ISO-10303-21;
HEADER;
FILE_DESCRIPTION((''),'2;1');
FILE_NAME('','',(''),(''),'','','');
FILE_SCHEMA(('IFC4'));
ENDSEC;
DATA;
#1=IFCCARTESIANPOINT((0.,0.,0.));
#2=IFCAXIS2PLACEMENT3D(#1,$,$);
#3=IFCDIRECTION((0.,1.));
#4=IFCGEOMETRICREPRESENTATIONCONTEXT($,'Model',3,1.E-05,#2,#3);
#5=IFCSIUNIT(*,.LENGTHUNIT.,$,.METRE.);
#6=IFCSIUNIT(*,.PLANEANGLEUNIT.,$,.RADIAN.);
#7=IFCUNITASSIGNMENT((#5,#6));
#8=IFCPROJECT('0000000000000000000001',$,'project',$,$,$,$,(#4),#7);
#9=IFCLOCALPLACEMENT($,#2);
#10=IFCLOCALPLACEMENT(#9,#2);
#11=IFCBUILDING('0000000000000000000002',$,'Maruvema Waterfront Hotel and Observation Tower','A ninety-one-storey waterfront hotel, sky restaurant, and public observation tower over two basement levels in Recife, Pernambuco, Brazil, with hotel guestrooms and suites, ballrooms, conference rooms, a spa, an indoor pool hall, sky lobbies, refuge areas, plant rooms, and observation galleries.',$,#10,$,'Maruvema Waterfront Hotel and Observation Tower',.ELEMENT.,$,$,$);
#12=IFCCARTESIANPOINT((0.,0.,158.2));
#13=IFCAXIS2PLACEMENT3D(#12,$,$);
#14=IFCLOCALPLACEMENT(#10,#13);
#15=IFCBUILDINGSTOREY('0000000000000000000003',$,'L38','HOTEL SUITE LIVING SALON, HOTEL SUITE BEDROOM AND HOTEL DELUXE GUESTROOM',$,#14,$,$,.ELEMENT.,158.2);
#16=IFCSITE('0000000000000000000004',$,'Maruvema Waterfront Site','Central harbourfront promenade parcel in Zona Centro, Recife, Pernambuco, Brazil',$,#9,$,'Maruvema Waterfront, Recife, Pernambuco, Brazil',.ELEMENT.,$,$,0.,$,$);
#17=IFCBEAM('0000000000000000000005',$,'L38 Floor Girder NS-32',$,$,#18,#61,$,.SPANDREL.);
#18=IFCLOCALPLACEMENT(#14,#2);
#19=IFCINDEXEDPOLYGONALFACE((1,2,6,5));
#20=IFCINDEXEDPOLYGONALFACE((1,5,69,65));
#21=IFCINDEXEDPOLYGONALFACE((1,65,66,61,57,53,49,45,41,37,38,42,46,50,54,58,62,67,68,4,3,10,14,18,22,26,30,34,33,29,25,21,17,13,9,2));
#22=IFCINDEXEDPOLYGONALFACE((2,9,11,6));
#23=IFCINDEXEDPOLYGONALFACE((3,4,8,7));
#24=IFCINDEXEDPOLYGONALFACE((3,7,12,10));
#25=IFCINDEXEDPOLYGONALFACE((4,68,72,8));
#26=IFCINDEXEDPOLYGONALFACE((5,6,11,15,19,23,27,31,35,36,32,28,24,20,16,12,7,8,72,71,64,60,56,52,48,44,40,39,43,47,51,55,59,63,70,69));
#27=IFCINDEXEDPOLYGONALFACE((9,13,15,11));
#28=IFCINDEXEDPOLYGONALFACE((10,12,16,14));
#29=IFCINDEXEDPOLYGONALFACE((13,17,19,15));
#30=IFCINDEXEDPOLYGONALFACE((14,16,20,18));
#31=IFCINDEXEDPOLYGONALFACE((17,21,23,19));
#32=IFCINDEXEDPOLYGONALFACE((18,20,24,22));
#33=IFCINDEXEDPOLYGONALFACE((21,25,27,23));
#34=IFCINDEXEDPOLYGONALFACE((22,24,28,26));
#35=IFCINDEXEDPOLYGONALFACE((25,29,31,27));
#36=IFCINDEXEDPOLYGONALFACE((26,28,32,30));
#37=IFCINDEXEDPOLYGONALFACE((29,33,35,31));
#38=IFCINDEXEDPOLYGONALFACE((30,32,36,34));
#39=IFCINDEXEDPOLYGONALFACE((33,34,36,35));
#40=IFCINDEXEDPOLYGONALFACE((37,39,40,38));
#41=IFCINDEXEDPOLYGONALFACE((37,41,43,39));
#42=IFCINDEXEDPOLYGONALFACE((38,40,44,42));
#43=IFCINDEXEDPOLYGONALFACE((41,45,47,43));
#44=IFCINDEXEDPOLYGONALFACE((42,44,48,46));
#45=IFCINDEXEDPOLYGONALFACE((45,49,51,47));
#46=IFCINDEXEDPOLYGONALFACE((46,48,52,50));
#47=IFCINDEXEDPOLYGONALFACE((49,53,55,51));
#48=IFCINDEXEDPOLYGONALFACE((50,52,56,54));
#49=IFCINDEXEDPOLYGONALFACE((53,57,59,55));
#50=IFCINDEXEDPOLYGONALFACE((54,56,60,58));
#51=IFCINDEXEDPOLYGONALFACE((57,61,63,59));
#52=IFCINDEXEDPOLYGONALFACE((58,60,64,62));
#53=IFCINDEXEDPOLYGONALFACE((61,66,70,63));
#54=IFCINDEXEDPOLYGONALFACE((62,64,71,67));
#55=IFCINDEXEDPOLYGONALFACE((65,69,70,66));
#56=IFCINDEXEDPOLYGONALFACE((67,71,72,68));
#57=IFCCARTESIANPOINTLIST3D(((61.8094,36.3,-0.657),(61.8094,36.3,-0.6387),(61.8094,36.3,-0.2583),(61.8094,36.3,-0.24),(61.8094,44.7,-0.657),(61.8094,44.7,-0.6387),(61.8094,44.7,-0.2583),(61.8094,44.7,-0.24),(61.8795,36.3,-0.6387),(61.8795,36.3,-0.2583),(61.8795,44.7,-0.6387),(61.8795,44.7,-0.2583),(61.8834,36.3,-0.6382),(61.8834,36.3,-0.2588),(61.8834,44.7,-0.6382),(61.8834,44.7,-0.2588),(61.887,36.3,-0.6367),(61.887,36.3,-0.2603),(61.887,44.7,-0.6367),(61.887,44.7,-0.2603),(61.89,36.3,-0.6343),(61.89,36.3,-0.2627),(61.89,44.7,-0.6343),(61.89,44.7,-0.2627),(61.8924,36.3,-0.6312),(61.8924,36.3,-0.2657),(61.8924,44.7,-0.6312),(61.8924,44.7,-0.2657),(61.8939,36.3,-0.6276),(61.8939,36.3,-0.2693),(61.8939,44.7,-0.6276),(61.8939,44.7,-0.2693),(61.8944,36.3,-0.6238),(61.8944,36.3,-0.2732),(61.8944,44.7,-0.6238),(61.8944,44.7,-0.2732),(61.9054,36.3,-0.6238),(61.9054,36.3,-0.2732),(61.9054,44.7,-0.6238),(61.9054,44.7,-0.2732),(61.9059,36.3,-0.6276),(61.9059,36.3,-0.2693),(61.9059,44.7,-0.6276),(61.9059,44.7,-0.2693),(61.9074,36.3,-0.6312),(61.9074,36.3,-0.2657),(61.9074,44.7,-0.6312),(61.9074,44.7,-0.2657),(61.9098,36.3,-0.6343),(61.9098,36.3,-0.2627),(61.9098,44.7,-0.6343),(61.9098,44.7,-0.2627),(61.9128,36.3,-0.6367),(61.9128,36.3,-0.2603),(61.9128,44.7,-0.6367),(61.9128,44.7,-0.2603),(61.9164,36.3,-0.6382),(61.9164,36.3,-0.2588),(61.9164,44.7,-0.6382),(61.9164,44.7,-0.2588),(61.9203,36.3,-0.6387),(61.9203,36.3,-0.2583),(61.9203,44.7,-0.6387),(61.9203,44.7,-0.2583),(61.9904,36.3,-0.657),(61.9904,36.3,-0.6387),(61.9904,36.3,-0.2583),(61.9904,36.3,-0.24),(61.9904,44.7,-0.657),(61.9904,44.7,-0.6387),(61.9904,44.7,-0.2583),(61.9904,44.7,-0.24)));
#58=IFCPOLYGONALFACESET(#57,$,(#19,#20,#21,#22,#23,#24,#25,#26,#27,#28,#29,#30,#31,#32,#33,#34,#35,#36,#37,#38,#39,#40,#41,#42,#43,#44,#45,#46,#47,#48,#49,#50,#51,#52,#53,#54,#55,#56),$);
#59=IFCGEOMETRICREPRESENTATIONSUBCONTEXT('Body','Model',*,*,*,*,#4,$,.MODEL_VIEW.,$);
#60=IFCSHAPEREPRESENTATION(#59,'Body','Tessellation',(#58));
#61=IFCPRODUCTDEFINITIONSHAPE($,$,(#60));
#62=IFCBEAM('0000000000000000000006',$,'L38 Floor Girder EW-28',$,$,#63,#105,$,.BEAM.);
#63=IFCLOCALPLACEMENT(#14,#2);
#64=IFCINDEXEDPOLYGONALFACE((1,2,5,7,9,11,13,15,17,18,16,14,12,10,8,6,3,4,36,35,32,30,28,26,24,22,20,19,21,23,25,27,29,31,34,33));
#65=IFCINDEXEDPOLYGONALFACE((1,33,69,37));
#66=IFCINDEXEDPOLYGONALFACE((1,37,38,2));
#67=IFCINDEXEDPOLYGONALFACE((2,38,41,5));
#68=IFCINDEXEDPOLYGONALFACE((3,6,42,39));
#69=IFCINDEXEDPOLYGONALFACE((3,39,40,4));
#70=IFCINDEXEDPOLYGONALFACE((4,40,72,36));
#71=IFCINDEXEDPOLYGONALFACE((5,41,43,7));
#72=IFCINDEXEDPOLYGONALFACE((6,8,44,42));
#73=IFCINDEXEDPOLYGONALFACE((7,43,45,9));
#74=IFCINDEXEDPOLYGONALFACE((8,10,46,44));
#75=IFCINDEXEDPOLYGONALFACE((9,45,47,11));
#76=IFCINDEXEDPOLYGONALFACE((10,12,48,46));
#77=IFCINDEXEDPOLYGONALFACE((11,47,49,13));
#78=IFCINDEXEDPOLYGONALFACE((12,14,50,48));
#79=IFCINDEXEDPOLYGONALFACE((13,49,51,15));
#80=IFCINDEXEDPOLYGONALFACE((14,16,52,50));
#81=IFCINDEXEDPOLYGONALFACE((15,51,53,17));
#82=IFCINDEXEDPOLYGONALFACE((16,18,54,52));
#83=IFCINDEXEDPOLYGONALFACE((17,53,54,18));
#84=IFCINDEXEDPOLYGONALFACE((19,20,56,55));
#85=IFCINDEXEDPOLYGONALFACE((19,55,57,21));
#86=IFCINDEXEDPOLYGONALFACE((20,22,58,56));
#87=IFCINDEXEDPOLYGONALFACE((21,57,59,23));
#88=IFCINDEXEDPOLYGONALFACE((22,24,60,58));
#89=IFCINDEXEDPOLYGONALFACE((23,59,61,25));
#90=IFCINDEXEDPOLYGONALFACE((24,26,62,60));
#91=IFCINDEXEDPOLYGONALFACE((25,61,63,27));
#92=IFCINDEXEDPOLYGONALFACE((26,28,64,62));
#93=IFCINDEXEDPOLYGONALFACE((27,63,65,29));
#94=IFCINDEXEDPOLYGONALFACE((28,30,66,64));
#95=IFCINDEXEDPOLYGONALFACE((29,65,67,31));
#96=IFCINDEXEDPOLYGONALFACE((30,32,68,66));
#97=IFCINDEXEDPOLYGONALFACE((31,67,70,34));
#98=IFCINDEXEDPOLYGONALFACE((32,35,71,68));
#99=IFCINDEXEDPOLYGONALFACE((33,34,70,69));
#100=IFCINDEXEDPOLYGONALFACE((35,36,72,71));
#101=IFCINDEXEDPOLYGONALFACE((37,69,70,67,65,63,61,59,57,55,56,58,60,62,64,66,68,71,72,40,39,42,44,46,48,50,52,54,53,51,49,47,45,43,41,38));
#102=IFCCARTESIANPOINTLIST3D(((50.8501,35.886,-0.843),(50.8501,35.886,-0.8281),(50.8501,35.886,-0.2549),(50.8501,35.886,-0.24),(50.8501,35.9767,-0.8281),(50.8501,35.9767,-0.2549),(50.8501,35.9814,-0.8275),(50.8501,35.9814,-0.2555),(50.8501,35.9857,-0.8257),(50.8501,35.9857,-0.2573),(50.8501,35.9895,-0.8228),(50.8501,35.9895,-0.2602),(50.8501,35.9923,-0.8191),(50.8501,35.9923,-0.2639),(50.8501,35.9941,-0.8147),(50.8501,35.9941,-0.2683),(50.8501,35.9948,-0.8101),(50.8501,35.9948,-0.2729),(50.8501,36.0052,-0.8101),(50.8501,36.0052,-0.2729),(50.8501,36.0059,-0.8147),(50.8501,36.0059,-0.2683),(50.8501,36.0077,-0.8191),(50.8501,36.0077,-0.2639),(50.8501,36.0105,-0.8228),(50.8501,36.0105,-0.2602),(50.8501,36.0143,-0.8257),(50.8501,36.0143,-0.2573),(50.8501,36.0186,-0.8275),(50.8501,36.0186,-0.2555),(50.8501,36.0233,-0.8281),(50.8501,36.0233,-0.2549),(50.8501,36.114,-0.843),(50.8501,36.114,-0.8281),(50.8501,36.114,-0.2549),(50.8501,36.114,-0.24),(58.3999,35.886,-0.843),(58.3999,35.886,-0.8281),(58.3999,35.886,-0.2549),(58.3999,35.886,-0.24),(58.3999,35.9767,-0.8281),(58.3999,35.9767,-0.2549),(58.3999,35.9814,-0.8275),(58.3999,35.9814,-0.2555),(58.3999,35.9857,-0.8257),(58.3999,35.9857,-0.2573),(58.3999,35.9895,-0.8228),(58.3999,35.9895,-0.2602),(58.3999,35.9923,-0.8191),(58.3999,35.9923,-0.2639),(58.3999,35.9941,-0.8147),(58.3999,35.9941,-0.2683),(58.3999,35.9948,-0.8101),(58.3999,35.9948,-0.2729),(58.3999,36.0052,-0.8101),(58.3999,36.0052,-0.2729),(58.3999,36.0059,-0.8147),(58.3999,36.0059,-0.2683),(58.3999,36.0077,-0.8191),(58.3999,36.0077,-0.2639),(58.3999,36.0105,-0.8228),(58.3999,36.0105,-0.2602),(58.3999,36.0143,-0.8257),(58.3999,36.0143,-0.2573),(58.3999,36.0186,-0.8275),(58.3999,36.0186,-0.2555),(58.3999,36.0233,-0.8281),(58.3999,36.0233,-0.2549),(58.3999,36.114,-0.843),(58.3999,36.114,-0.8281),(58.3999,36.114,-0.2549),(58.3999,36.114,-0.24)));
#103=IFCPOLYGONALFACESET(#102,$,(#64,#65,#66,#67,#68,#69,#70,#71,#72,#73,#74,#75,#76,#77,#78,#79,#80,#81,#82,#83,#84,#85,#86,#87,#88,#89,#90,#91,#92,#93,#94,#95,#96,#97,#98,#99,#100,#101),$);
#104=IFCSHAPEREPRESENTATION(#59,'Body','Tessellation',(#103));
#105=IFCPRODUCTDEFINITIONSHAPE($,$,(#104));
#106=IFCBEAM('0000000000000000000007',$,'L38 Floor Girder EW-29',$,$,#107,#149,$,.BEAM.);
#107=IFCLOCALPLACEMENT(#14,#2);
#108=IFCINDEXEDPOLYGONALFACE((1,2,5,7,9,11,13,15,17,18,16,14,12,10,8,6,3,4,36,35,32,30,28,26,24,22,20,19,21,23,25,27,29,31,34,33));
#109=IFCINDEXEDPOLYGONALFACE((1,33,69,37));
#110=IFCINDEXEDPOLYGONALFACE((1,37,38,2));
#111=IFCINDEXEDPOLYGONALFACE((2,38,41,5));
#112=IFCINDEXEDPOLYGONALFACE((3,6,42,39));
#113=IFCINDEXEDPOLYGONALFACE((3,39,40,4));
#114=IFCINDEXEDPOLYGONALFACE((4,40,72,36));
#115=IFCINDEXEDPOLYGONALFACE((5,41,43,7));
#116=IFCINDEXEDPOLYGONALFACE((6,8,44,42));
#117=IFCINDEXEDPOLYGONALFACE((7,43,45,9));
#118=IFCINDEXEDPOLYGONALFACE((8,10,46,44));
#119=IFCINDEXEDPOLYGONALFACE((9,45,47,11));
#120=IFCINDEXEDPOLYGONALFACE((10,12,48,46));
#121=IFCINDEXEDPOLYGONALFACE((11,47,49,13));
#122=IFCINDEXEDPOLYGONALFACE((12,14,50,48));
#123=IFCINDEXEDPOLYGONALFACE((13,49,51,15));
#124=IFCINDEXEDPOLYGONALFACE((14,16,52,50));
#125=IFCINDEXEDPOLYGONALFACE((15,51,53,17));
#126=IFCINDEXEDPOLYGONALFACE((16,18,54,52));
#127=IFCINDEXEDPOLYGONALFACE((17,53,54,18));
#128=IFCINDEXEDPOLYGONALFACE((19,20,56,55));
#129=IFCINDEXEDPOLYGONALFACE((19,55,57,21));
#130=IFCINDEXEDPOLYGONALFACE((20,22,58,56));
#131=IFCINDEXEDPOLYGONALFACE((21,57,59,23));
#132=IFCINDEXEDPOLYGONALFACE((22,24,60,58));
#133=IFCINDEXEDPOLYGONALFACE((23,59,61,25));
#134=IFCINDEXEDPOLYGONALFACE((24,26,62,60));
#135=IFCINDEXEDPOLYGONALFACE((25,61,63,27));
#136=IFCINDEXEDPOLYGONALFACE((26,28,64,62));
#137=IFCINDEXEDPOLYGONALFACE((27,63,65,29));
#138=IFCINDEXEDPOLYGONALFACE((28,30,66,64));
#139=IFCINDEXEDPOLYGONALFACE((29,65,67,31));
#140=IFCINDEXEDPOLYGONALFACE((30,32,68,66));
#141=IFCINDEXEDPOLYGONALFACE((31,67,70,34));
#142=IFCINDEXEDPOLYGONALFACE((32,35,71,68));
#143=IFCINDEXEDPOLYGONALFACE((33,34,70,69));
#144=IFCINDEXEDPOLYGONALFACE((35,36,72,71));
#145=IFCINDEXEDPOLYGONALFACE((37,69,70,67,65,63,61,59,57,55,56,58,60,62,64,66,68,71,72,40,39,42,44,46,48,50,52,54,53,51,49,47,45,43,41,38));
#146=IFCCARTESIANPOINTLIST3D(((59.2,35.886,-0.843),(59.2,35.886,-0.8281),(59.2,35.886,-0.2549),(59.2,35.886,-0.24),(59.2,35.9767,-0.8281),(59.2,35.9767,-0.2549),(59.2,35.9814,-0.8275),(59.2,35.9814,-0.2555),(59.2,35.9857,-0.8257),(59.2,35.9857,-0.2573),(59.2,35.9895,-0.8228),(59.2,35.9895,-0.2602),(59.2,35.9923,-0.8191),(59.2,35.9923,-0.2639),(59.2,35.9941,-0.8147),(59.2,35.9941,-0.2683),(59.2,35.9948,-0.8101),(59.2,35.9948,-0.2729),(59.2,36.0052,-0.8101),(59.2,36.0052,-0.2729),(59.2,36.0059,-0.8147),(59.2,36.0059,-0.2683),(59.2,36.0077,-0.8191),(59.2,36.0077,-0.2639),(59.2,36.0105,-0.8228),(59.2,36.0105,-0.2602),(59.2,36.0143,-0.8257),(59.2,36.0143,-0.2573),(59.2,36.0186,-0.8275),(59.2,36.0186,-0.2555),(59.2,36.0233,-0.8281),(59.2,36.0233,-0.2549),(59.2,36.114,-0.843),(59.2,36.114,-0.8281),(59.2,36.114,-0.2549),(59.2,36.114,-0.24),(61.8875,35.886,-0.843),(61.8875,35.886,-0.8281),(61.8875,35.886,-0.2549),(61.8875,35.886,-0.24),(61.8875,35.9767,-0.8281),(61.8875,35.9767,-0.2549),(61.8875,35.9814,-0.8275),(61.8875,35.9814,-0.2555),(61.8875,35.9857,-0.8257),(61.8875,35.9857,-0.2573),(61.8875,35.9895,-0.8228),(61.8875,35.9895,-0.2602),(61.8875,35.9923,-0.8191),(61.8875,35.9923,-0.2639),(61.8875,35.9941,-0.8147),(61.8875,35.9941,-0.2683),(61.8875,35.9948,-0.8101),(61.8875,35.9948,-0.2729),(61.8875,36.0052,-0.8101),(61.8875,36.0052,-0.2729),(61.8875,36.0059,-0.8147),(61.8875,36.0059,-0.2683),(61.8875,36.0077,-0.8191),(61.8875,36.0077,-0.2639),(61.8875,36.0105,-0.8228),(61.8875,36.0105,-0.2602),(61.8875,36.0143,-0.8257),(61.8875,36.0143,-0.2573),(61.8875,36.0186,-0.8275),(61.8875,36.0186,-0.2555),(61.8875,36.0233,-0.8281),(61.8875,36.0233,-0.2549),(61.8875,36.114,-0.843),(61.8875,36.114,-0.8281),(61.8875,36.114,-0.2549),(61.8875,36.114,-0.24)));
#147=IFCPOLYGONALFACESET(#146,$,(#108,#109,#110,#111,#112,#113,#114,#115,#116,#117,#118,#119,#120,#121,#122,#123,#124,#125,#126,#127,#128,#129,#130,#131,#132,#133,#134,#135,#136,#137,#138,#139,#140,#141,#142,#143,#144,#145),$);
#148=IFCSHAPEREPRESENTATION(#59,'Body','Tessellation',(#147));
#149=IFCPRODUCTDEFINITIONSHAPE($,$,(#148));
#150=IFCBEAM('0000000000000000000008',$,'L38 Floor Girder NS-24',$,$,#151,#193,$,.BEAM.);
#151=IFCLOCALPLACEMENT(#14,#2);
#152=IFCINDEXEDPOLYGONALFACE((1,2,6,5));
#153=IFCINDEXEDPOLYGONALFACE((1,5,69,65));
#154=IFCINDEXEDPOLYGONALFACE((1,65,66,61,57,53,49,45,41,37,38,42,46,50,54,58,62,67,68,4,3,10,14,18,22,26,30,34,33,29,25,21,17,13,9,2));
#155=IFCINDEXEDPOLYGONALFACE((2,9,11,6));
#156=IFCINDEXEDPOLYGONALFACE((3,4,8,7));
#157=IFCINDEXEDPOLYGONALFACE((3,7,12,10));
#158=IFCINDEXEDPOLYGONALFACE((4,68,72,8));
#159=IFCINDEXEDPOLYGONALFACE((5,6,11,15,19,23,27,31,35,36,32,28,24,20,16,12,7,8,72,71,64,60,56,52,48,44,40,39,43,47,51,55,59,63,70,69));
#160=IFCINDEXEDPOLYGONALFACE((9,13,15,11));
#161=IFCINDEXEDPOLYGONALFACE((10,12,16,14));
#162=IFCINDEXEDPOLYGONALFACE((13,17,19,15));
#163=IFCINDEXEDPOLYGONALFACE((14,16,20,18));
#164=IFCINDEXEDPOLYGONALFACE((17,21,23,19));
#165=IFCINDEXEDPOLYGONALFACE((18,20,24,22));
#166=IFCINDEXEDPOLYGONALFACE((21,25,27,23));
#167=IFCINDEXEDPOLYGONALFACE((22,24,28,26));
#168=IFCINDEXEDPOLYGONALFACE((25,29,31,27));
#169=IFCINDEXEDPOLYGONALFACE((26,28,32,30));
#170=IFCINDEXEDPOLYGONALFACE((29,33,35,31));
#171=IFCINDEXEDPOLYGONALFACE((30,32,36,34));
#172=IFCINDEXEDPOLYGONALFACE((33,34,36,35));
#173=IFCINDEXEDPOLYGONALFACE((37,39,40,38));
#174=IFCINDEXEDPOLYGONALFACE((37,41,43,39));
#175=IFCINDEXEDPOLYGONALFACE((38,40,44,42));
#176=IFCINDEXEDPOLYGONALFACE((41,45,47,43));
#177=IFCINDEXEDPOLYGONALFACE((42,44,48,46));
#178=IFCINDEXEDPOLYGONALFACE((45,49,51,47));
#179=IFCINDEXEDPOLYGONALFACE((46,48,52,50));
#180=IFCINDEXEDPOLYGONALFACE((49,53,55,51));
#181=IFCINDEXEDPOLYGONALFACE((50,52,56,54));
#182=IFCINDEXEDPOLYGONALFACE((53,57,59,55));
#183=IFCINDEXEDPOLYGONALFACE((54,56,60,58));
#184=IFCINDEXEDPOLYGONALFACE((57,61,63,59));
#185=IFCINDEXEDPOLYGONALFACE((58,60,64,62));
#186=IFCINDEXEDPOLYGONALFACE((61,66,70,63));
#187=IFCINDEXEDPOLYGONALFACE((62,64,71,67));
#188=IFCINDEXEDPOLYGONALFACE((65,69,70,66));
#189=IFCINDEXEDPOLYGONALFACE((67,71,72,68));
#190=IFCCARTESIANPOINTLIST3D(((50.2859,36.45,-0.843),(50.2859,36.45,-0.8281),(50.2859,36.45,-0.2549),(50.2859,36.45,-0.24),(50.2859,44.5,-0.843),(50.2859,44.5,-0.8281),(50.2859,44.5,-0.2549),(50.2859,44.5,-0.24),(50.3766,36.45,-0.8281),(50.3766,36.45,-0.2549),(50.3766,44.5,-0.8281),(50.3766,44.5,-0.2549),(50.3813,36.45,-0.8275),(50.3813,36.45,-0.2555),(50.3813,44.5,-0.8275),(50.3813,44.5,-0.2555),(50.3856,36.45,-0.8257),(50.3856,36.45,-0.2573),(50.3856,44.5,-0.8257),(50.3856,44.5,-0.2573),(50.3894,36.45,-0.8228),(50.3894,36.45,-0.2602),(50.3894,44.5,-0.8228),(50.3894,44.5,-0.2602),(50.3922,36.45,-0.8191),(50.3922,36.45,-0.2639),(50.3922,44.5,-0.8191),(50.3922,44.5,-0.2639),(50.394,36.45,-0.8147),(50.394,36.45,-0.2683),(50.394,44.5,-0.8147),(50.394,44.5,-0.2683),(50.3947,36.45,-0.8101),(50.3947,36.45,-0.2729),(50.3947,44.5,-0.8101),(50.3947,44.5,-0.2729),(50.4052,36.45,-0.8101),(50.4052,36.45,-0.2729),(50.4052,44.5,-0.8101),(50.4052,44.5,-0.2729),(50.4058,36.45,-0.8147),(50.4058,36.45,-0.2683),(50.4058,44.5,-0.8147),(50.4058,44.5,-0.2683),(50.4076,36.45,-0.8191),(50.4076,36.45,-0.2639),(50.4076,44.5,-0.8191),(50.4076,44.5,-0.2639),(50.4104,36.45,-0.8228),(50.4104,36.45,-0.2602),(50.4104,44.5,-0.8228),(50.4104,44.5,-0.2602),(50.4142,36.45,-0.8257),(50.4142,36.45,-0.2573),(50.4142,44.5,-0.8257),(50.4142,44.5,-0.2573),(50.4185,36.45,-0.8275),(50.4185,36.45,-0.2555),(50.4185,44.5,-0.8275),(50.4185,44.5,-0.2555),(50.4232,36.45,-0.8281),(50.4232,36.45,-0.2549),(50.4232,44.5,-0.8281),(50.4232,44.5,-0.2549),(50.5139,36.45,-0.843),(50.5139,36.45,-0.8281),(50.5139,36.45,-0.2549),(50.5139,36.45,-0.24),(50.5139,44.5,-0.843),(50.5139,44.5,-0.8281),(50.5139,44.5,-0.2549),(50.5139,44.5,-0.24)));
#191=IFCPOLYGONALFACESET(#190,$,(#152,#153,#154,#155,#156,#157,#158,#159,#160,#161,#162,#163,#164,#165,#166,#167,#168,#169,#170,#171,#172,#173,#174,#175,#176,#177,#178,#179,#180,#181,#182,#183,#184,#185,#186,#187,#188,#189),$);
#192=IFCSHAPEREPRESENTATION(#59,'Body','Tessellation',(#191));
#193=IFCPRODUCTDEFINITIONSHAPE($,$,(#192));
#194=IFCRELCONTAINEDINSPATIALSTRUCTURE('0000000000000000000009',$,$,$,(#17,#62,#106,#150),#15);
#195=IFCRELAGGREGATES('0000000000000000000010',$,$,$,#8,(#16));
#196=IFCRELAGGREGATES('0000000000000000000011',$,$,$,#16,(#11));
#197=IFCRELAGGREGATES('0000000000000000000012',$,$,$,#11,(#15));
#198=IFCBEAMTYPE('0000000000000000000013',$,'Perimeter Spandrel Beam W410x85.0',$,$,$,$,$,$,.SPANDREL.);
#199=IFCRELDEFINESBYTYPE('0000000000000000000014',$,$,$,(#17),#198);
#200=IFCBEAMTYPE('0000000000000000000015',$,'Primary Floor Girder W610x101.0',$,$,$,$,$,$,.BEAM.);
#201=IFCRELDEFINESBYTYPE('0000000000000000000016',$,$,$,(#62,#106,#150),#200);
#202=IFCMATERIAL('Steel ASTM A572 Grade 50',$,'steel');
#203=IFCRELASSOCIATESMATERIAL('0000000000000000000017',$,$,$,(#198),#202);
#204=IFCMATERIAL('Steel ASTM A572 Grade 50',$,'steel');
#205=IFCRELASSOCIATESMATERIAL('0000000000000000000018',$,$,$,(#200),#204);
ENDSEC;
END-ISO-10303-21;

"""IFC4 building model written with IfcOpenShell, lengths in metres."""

from ifc_helpers import new_model, si_unit, direction, frame, origin, origin_2d, place, context, subcontext, project, spatial, i_section, extrude, material, material_profile, profile_set, type_object, element, save


model = new_model("IFC4")

# Units and contexts
model_context = context("Model", 3, precision=1e-05, world=origin(), true_north=direction((0.0, 1.0)))
body_context = subcontext(model_context, "Body", "Model", "MODEL_VIEW")
ifc_project = project(units=[si_unit("LENGTHUNIT", "METRE"), si_unit("PLANEANGLEUNIT", "RADIAN")], contexts=[model_context])

# Site, building, storey
site_placement = place(None, origin())
site = spatial("IfcSite", under=ifc_project, at=site_placement, Name="Maruvema Waterfront Site", Description="Central harbourfront promenade parcel in Zona Centro, Recife, Pernambuco, Brazil", LongName="Maruvema Waterfront, Recife, Pernambuco, Brazil", CompositionType="ELEMENT", RefElevation=0.0)
building_placement = place(site_placement, origin())
building = spatial("IfcBuilding", under=site, at=building_placement, Name="Maruvema Waterfront Hotel and Observation Tower", Description="A ninety-one-storey waterfront hotel, sky restaurant, and public observation tower over two basement levels in Recife, Pernambuco, Brazil, with hotel guestrooms and suites, ballrooms, conference rooms, a spa, an indoor pool hall, sky lobbies, refuge areas, plant rooms, and observation galleries.", LongName="Maruvema Waterfront Hotel and Observation Tower", CompositionType="ELEMENT")
storey_placement = place(building_placement, frame((0.0, 0.0, 158.2)))
storey = spatial("IfcBuildingStorey", under=building, at=storey_placement, Name="L38", Description="HOTEL SUITE LIVING SALON, HOTEL SUITE BEDROOM AND HOTEL DELUXE GUESTROOM", CompositionType="ELEMENT", Elevation=158.2)

# Beams
ifc_material_1 = material(Name="Steel ASTM A572 Grade 50", Category="steel")
ifc_material_profile_1 = material_profile(ifc_material_1, i_section(OverallWidth=0.1809, OverallDepth=0.417, WebThickness=0.011, FlangeThickness=0.0183, FilletRadius=0.0149, at=origin_2d()), Name="W410x85.0")
ifc_profile_set_1 = profile_set([ifc_material_profile_1], Name="Steel ASTM A572 Grade 50")
beam_type_1 = type_object("IfcBeamType", Name="Perimeter Spandrel Beam W410x85.0", PredefinedType="SPANDREL", material=ifc_profile_set_1)
beam_1_placement = place(storey_placement, frame((61.8999, 36.3, -0.4485), z_axis=(0.0, 1.0, 0.0), x_axis=(-1.0, 0.0, 0.0)))
element("IfcBeam", 1, at=beam_1_placement, inside=storey, type_object=beam_type_1, Name="L38 Floor Girder NS-32", PredefinedType="SPANDREL", context=body_context, shape_type="SweptSolid", body=[
    extrude(i_section(OverallWidth=0.1809, OverallDepth=0.417, WebThickness=0.011, FlangeThickness=0.0183, FilletRadius=0.0149, at=origin_2d()), origin(), (0.0, 0.0, 1.0), 8.3999),
])
ifc_material_2 = material(Name="Steel ASTM A572 Grade 50", Category="steel")
ifc_material_profile_2 = material_profile(ifc_material_2, i_section(OverallWidth=0.228, OverallDepth=0.603, WebThickness=0.0105, FlangeThickness=0.0149, FilletRadius=0.0181, at=origin_2d()), Name="W610x101.0")
ifc_profile_set_2 = profile_set([ifc_material_profile_2], Name="Steel ASTM A572 Grade 50")
beam_type_2 = type_object("IfcBeamType", Name="Primary Floor Girder W610x101.0", PredefinedType="BEAM", material=ifc_profile_set_2)
beam_2_placement = place(storey_placement, frame((50.8501, 36.0, -0.5415), z_axis=(1.0, 0.0, 0.0), x_axis=(0.0, 1.0, 0.0)))
element("IfcBeam", 2, at=beam_2_placement, inside=storey, type_object=beam_type_2, Name="L38 Floor Girder EW-28", PredefinedType="BEAM", context=body_context, shape_type="SweptSolid", body=[
    extrude(i_section(OverallWidth=0.228, OverallDepth=0.603, WebThickness=0.0105, FlangeThickness=0.0149, FilletRadius=0.0181, at=origin_2d()), origin(), (0.0, 0.0, 1.0), 7.5498),
])
beam_3_placement = place(storey_placement, frame((59.2, 36.0, -0.5415), z_axis=(1.0, 0.0, 0.0), x_axis=(0.0, 1.0, 0.0)))
element("IfcBeam", 3, at=beam_3_placement, inside=storey, type_object=beam_type_2, Name="L38 Floor Girder EW-29", PredefinedType="BEAM", context=body_context, shape_type="SweptSolid", body=[
    extrude(i_section(OverallWidth=0.228, OverallDepth=0.603, WebThickness=0.0105, FlangeThickness=0.0149, FilletRadius=0.0181, at=origin_2d()), origin(), (0.0, 0.0, 1.0), 2.6875),
])
beam_4_placement = place(storey_placement, frame((50.3999, 36.45, -0.5415), z_axis=(0.0, 1.0, 0.0), x_axis=(-1.0, 0.0, 0.0)))
element("IfcBeam", 4, at=beam_4_placement, inside=storey, type_object=beam_type_2, Name="L38 Floor Girder NS-24", PredefinedType="BEAM", context=body_context, shape_type="SweptSolid", body=[
    extrude(i_section(OverallWidth=0.228, OverallDepth=0.603, WebThickness=0.0105, FlangeThickness=0.0149, FilletRadius=0.0181, at=origin_2d()), origin(), (0.0, 0.0, 1.0), 8.05),
])

save(model, "model.ifc")
